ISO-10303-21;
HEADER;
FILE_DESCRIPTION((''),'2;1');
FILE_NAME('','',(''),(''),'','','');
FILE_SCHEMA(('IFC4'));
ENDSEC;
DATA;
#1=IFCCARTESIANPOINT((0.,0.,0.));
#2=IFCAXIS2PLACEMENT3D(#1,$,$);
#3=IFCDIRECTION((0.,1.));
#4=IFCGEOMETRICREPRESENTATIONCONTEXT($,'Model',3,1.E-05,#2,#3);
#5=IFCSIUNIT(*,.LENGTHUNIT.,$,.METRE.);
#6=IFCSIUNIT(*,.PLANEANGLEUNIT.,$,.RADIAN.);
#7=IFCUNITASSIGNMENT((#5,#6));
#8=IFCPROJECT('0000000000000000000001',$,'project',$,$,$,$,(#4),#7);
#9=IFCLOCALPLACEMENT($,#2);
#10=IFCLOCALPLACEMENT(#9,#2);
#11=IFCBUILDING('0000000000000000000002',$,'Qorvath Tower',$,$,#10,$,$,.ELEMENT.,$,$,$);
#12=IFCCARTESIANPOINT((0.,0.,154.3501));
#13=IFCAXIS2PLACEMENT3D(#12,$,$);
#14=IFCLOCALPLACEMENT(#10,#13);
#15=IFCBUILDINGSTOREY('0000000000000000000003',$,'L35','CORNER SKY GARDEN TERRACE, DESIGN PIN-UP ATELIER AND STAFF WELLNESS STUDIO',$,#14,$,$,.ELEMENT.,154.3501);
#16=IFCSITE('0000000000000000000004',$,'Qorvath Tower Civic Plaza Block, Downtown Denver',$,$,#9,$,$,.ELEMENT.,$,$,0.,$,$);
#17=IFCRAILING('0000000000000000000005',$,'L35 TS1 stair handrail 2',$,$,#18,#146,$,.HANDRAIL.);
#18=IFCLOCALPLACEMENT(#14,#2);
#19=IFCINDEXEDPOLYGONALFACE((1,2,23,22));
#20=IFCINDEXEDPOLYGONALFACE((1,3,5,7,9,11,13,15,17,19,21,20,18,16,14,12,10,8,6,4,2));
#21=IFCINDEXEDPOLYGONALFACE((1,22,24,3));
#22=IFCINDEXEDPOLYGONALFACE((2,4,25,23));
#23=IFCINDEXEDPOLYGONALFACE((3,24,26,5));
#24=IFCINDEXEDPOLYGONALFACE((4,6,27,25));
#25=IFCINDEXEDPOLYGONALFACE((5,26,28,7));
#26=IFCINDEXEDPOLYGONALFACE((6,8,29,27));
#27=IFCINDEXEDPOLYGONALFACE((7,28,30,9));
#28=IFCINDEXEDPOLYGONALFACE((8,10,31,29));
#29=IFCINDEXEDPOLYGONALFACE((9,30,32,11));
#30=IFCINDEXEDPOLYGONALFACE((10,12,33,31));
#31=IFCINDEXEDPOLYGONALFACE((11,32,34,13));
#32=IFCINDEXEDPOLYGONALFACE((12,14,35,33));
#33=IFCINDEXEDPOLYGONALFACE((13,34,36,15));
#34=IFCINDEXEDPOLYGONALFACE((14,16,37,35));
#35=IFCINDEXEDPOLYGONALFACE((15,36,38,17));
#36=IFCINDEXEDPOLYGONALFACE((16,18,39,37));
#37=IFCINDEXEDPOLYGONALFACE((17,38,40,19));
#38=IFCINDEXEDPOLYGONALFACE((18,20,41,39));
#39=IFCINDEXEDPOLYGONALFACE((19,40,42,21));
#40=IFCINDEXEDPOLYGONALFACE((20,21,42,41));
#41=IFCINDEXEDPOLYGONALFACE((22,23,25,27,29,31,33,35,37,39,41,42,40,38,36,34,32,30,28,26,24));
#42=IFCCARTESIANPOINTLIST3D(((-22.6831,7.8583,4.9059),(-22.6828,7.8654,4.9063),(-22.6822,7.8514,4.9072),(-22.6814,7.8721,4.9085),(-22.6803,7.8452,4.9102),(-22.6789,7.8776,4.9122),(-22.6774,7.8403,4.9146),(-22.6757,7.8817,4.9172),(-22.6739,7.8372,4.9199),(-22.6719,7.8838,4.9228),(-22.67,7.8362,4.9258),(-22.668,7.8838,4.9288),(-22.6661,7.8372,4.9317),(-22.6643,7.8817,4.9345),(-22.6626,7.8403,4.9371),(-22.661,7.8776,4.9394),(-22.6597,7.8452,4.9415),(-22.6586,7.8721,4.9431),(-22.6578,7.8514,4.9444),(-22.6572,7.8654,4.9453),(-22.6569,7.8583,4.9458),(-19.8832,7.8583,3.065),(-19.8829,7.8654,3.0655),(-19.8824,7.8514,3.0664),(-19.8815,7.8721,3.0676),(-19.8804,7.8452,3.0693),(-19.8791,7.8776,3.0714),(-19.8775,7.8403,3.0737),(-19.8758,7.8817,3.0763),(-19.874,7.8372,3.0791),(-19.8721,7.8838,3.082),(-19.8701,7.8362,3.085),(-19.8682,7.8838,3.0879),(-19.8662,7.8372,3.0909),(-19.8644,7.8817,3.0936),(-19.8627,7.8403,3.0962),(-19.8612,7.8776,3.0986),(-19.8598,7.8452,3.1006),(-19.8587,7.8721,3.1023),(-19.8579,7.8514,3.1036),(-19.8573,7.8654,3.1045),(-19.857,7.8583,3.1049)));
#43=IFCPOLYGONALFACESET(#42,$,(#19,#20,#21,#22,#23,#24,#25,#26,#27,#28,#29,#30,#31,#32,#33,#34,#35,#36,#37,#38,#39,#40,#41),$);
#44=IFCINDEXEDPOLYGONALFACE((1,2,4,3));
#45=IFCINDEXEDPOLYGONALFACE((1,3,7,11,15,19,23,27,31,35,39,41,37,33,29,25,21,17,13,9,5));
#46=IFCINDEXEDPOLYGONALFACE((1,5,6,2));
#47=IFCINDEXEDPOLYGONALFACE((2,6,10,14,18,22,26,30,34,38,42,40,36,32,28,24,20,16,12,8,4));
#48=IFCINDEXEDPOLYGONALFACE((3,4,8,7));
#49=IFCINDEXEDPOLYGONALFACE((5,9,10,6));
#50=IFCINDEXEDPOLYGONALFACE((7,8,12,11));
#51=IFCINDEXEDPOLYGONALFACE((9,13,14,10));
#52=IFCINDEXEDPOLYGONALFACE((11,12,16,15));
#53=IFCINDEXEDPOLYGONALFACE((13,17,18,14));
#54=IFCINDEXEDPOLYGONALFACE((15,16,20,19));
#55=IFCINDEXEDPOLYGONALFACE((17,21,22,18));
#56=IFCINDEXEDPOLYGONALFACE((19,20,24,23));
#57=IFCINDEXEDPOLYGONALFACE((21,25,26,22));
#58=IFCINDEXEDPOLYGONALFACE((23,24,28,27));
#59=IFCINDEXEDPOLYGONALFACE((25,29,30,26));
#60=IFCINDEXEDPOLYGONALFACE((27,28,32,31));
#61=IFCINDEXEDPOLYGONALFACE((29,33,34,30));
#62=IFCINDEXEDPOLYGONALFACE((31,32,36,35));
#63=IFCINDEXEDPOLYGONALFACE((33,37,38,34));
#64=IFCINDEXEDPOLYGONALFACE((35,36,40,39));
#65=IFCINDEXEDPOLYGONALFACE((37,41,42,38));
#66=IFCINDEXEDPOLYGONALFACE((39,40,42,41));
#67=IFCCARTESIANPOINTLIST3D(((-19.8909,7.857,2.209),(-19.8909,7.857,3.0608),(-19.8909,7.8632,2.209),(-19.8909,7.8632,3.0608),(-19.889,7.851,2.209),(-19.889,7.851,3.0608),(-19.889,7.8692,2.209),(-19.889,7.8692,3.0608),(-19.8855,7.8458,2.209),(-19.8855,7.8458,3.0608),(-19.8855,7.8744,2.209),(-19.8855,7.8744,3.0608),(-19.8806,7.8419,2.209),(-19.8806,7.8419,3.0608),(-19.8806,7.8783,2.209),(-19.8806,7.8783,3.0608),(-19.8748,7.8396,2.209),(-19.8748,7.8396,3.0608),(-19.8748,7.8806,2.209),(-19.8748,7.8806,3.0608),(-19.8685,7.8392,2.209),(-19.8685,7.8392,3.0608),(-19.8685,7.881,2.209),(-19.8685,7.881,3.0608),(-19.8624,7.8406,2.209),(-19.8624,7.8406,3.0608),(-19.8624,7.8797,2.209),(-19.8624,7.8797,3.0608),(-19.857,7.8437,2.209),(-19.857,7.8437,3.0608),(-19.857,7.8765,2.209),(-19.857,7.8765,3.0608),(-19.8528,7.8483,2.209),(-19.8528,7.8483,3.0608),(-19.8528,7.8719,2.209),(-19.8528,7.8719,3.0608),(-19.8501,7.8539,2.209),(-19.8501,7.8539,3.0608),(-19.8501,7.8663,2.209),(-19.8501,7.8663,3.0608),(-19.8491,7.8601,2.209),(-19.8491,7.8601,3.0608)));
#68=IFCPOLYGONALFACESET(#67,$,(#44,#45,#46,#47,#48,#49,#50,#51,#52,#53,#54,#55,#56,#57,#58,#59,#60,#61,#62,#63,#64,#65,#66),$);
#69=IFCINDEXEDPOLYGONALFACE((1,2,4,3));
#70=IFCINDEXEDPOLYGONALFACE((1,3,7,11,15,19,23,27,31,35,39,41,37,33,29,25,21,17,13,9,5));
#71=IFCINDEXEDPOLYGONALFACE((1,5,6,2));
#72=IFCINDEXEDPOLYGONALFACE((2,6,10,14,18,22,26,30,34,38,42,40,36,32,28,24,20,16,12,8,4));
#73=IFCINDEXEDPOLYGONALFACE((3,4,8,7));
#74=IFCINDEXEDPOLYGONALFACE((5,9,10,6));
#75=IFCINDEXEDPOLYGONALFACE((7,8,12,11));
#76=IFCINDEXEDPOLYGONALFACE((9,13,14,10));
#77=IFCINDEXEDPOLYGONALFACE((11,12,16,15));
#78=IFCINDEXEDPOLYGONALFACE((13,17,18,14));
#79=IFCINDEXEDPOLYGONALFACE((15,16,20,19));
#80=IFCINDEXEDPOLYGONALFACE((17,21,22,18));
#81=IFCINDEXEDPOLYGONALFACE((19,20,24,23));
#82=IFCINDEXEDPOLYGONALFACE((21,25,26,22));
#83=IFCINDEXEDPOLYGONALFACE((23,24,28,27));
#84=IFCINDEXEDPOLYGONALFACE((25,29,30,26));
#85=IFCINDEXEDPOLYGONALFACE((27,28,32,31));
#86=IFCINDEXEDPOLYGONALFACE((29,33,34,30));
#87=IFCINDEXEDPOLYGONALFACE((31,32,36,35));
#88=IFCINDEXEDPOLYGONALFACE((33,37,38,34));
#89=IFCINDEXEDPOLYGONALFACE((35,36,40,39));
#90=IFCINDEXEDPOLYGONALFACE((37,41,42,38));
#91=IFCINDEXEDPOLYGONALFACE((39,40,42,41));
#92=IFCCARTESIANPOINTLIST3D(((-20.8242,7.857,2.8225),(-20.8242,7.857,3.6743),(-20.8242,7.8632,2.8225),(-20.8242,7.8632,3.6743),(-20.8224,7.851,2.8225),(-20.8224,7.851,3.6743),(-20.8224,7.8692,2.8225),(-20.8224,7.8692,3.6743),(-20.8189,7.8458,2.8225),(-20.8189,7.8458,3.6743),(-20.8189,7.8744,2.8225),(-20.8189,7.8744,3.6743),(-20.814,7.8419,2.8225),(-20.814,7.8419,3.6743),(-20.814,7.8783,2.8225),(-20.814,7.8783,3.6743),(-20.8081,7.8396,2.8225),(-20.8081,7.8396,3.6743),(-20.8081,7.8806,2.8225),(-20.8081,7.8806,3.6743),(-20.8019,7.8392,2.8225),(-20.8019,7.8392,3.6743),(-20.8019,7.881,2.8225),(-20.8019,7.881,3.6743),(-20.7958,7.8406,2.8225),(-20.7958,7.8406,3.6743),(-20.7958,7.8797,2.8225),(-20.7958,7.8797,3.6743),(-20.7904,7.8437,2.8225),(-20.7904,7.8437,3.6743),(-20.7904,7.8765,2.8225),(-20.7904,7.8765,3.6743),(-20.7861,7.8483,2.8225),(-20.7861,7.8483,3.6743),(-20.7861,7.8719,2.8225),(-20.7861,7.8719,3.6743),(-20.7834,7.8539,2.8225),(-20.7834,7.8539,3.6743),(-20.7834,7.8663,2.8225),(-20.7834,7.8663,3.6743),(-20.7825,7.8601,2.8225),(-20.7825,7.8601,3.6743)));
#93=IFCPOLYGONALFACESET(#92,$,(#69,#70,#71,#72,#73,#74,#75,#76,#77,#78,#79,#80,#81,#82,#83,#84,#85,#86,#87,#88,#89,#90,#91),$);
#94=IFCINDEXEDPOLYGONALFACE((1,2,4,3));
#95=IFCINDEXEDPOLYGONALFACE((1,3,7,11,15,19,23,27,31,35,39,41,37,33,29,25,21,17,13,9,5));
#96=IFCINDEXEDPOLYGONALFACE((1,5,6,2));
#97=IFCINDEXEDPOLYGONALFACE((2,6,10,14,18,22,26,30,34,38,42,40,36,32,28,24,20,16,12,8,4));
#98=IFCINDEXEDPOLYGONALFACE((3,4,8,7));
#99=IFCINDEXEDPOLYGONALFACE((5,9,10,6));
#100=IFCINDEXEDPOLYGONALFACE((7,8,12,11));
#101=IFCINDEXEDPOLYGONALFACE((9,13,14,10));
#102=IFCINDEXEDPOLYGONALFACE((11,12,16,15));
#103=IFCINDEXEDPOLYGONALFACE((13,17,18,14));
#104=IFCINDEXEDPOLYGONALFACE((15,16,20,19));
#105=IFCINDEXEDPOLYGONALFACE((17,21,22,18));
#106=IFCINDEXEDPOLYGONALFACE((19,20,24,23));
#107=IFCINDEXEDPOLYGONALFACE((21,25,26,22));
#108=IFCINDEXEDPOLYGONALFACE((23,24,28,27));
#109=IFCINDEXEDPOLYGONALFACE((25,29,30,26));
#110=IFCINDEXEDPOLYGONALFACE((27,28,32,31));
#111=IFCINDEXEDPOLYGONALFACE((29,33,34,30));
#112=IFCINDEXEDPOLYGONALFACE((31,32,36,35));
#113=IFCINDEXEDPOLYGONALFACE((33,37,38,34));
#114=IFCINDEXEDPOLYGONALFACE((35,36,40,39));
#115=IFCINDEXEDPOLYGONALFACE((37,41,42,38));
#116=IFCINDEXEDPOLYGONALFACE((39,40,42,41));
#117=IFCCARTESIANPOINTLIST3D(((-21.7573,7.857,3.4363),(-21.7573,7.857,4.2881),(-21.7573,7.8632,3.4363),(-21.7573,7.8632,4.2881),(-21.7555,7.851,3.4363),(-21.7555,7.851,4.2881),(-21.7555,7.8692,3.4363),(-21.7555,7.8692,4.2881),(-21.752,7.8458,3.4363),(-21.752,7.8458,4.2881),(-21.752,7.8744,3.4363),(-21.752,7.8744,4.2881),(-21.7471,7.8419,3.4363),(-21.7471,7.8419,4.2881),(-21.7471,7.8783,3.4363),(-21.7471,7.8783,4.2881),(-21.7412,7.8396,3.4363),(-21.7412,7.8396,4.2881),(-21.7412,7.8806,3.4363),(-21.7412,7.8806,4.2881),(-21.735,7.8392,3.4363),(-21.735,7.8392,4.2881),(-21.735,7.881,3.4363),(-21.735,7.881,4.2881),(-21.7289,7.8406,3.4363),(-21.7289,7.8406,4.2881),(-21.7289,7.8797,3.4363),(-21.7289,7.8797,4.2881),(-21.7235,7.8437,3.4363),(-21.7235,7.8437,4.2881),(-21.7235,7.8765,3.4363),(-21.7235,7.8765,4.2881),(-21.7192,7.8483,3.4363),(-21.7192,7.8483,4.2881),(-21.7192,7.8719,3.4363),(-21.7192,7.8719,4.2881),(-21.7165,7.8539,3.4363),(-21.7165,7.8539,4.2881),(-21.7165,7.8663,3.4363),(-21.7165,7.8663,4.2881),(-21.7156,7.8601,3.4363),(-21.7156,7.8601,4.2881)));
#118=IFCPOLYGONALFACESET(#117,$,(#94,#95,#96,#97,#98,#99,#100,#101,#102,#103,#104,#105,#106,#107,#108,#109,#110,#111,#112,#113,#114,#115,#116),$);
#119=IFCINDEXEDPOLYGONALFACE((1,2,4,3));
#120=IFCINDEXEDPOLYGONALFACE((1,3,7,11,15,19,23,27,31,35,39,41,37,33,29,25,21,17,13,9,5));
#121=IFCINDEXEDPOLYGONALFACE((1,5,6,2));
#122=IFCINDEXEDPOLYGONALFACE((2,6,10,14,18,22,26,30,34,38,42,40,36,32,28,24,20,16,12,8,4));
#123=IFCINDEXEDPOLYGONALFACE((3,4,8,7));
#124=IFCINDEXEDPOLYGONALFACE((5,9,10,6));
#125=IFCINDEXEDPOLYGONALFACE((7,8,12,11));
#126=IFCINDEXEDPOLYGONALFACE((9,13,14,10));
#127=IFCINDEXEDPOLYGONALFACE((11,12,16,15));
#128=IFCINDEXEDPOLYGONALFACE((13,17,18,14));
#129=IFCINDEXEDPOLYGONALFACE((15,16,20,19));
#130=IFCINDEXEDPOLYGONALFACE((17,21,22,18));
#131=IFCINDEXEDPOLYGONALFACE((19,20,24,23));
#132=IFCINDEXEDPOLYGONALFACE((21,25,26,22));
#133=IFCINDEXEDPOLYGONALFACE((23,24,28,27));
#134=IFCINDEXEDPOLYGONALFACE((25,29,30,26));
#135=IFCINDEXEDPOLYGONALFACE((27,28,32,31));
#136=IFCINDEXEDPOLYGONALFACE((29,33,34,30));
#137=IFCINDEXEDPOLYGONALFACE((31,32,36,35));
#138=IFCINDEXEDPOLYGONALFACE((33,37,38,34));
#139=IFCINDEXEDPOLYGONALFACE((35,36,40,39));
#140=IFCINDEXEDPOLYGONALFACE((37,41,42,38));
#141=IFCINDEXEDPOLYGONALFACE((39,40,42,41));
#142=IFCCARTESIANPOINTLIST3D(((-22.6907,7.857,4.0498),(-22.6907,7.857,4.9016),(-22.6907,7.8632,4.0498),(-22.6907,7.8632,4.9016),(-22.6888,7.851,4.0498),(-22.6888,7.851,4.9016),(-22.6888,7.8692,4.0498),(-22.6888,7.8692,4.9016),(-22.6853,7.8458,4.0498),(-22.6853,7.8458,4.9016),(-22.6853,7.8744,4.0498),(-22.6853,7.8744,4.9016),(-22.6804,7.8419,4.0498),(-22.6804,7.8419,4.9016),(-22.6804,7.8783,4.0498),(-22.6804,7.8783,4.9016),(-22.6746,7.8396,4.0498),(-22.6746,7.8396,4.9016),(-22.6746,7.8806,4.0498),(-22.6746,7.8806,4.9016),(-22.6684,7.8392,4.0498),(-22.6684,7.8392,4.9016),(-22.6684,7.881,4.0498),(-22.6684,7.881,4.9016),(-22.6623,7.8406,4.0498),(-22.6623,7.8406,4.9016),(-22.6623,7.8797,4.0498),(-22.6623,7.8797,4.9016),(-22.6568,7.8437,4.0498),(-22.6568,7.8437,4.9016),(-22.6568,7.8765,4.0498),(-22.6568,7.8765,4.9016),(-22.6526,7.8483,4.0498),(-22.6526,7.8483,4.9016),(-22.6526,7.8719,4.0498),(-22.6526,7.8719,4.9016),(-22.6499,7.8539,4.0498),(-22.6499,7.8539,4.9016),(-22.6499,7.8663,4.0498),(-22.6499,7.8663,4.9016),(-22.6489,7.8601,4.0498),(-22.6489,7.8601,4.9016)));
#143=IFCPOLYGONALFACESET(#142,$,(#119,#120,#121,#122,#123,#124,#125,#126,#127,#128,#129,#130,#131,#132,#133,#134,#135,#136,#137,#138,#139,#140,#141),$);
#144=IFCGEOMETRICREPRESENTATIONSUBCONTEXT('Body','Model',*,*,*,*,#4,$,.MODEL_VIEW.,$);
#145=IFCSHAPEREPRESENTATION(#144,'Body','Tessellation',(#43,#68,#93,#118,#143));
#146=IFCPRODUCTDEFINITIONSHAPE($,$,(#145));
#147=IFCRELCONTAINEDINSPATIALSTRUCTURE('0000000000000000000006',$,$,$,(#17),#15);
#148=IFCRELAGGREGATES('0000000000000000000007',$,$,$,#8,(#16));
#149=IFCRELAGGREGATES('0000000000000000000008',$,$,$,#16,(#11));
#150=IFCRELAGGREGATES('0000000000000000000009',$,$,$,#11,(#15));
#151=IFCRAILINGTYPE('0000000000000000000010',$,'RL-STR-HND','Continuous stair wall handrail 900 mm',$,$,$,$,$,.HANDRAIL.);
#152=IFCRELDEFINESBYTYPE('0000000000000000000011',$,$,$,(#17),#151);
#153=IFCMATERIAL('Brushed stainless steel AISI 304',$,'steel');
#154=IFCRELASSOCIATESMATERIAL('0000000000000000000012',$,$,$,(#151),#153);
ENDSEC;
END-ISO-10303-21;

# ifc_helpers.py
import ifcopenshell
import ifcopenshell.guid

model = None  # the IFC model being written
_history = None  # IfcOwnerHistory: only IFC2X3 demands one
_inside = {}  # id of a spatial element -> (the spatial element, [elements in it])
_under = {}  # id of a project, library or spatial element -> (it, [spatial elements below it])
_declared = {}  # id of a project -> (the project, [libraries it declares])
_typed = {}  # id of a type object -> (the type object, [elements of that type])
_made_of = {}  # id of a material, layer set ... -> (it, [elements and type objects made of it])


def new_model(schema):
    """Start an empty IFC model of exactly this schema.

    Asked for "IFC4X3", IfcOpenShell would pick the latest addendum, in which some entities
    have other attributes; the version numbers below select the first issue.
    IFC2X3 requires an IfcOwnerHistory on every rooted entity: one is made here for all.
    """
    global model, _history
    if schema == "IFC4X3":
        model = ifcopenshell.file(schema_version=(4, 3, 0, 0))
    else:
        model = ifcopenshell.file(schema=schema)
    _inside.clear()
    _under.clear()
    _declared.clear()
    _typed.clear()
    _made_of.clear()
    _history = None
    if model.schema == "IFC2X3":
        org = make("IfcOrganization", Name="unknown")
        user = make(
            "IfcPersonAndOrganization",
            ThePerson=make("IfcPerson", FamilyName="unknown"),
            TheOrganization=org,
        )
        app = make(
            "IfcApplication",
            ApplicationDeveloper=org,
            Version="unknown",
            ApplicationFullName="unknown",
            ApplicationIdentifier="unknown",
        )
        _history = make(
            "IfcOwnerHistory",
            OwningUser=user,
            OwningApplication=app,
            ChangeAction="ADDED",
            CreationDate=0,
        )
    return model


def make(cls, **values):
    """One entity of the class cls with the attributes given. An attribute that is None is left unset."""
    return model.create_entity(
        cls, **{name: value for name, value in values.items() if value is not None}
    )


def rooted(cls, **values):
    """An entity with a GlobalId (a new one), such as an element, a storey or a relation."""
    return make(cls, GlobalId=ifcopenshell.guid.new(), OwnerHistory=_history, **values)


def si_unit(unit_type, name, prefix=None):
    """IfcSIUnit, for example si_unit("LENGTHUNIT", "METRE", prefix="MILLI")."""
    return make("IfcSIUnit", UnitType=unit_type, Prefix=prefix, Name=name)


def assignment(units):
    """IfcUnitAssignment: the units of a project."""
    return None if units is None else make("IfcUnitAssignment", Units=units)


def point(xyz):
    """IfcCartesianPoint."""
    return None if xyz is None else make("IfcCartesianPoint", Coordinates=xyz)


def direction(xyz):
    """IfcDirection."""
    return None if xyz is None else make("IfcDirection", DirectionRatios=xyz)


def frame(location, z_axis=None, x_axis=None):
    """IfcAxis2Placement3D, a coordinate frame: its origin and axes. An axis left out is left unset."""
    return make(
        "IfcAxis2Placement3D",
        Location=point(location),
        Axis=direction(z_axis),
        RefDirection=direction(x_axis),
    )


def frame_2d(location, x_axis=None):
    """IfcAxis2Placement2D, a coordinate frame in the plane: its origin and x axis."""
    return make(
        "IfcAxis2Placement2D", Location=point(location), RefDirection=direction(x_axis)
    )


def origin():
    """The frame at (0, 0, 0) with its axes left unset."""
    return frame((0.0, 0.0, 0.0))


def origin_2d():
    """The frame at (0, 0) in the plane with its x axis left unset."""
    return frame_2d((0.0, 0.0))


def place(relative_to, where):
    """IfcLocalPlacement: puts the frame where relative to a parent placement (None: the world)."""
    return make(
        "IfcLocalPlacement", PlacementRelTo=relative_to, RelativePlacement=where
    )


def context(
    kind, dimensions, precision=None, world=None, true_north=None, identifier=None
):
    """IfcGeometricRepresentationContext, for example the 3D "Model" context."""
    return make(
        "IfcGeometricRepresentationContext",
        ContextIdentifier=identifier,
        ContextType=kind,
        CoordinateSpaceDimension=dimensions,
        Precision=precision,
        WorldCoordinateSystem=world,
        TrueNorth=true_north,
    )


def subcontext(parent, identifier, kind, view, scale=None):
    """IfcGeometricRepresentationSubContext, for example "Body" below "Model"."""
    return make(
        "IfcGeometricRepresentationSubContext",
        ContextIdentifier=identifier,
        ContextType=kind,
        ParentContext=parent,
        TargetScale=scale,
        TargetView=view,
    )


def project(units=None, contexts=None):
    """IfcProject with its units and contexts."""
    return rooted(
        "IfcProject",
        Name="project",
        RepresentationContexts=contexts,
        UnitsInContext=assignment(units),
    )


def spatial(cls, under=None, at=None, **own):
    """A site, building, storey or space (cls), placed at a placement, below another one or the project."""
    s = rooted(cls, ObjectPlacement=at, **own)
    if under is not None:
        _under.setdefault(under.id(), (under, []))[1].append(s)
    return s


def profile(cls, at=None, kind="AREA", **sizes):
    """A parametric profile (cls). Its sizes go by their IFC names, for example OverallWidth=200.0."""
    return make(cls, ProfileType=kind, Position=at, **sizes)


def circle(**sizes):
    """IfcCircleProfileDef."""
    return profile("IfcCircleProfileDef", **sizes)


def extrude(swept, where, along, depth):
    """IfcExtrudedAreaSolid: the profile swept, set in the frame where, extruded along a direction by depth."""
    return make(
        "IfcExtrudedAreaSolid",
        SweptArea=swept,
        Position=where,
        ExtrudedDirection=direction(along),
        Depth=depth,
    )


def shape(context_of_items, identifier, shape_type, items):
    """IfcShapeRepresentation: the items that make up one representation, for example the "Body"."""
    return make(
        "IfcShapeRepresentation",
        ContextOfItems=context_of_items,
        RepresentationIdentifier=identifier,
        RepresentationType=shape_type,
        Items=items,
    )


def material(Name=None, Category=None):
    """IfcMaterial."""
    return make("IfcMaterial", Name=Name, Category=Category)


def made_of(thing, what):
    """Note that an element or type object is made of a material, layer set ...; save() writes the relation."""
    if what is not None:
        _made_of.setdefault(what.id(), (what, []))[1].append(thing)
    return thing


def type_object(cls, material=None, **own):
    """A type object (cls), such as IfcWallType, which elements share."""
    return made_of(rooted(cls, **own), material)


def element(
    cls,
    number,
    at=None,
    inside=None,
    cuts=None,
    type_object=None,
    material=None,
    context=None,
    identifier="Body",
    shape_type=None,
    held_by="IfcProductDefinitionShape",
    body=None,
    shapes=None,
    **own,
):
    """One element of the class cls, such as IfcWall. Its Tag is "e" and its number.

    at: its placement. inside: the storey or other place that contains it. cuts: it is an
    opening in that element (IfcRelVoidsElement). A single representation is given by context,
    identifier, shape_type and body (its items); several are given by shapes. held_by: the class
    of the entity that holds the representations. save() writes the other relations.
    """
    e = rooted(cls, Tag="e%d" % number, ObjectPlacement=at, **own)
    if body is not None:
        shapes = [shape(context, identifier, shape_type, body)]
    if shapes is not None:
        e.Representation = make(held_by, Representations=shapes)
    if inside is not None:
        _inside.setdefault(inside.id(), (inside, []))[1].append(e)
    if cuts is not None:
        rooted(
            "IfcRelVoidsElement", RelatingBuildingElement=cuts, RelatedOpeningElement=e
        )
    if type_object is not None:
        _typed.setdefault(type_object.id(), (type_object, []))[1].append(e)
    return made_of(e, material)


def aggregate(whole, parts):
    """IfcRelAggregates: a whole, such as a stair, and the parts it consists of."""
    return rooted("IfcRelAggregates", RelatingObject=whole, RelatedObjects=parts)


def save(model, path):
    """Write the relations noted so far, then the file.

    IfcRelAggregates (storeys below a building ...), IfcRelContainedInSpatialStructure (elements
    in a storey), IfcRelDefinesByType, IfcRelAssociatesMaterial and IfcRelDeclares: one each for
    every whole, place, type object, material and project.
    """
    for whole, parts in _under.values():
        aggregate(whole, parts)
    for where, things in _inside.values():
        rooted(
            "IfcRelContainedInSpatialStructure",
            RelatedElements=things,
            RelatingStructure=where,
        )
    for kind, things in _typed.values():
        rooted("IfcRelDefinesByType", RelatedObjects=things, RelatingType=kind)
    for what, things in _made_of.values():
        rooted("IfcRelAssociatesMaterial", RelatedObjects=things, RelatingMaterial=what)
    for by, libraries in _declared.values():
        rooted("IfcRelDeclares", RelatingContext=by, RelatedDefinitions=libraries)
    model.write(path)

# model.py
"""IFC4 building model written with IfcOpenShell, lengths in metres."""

from ifc_helpers import new_model, si_unit, direction, frame, origin, origin_2d, place, context, subcontext, project, spatial, circle, extrude, material, type_object, element, save


model = new_model("IFC4")

# Units and contexts
model_context = context("Model", 3, precision=1e-05, world=origin(), true_north=direction((0.0, 1.0)))
body_context = subcontext(model_context, "Body", "Model", "MODEL_VIEW")
ifc_project = project(units=[si_unit("LENGTHUNIT", "METRE"), si_unit("PLANEANGLEUNIT", "RADIAN")], contexts=[model_context])

# Site, building, storey
site_placement = place(None, origin())
site = spatial("IfcSite", under=ifc_project, at=site_placement, Name="Qorvath Tower Civic Plaza Block, Downtown Denver", CompositionType="ELEMENT", RefElevation=0.0)
building_placement = place(site_placement, origin())
building = spatial("IfcBuilding", under=site, at=building_placement, Name="Qorvath Tower", CompositionType="ELEMENT")
storey_placement = place(building_placement, frame((0.0, 0.0, 154.3501)))
storey = spatial("IfcBuildingStorey", under=building, at=storey_placement, Name="L35", Description="CORNER SKY GARDEN TERRACE, DESIGN PIN-UP ATELIER AND STAFF WELLNESS STUDIO", CompositionType="ELEMENT", Elevation=154.3501)

# Railing
ifc_material_1 = material(Name="Brushed stainless steel AISI 304", Category="steel")
railing_type_1 = type_object("IfcRailingType", Name="RL-STR-HND", Description="Continuous stair wall handrail 900 mm", PredefinedType="HANDRAIL", material=ifc_material_1)
railing_1_placement = place(storey_placement, frame((-19.8701, 7.8601, 2.209)))
element("IfcRailing", 1, at=railing_1_placement, inside=storey, type_object=railing_type_1, Name="L35 TS1 stair handrail 2", PredefinedType="HANDRAIL", context=body_context, shape_type="SweptSolid", body=[
    extrude(circle(Radius=0.0239, at=origin_2d()), frame((0.0, 0.0, 0.876), z_axis=(-0.835576, 0.0, 0.549376), x_axis=(0.0, -1.0, 0.0)), (0.0, 0.0, 1.0), 3.3508),
    extrude(circle(Radius=0.021, at=origin_2d()), origin(), (0.0, 0.0, 1.0), 0.8518),
    extrude(circle(Radius=0.021, at=origin_2d()), frame((-0.9333, 0.0, 0.6135)), (0.0, 0.0, 1.0), 0.8518),
    extrude(circle(Radius=0.021, at=origin_2d()), frame((-1.8665, 0.0, 1.2273)), (0.0, 0.0, 1.0), 0.8518),
    extrude(circle(Radius=0.021, at=origin_2d()), frame((-2.7998, 0.0, 1.8408)), (0.0, 0.0, 1.0), 0.8518),
])

save(model, "model.ifc")
